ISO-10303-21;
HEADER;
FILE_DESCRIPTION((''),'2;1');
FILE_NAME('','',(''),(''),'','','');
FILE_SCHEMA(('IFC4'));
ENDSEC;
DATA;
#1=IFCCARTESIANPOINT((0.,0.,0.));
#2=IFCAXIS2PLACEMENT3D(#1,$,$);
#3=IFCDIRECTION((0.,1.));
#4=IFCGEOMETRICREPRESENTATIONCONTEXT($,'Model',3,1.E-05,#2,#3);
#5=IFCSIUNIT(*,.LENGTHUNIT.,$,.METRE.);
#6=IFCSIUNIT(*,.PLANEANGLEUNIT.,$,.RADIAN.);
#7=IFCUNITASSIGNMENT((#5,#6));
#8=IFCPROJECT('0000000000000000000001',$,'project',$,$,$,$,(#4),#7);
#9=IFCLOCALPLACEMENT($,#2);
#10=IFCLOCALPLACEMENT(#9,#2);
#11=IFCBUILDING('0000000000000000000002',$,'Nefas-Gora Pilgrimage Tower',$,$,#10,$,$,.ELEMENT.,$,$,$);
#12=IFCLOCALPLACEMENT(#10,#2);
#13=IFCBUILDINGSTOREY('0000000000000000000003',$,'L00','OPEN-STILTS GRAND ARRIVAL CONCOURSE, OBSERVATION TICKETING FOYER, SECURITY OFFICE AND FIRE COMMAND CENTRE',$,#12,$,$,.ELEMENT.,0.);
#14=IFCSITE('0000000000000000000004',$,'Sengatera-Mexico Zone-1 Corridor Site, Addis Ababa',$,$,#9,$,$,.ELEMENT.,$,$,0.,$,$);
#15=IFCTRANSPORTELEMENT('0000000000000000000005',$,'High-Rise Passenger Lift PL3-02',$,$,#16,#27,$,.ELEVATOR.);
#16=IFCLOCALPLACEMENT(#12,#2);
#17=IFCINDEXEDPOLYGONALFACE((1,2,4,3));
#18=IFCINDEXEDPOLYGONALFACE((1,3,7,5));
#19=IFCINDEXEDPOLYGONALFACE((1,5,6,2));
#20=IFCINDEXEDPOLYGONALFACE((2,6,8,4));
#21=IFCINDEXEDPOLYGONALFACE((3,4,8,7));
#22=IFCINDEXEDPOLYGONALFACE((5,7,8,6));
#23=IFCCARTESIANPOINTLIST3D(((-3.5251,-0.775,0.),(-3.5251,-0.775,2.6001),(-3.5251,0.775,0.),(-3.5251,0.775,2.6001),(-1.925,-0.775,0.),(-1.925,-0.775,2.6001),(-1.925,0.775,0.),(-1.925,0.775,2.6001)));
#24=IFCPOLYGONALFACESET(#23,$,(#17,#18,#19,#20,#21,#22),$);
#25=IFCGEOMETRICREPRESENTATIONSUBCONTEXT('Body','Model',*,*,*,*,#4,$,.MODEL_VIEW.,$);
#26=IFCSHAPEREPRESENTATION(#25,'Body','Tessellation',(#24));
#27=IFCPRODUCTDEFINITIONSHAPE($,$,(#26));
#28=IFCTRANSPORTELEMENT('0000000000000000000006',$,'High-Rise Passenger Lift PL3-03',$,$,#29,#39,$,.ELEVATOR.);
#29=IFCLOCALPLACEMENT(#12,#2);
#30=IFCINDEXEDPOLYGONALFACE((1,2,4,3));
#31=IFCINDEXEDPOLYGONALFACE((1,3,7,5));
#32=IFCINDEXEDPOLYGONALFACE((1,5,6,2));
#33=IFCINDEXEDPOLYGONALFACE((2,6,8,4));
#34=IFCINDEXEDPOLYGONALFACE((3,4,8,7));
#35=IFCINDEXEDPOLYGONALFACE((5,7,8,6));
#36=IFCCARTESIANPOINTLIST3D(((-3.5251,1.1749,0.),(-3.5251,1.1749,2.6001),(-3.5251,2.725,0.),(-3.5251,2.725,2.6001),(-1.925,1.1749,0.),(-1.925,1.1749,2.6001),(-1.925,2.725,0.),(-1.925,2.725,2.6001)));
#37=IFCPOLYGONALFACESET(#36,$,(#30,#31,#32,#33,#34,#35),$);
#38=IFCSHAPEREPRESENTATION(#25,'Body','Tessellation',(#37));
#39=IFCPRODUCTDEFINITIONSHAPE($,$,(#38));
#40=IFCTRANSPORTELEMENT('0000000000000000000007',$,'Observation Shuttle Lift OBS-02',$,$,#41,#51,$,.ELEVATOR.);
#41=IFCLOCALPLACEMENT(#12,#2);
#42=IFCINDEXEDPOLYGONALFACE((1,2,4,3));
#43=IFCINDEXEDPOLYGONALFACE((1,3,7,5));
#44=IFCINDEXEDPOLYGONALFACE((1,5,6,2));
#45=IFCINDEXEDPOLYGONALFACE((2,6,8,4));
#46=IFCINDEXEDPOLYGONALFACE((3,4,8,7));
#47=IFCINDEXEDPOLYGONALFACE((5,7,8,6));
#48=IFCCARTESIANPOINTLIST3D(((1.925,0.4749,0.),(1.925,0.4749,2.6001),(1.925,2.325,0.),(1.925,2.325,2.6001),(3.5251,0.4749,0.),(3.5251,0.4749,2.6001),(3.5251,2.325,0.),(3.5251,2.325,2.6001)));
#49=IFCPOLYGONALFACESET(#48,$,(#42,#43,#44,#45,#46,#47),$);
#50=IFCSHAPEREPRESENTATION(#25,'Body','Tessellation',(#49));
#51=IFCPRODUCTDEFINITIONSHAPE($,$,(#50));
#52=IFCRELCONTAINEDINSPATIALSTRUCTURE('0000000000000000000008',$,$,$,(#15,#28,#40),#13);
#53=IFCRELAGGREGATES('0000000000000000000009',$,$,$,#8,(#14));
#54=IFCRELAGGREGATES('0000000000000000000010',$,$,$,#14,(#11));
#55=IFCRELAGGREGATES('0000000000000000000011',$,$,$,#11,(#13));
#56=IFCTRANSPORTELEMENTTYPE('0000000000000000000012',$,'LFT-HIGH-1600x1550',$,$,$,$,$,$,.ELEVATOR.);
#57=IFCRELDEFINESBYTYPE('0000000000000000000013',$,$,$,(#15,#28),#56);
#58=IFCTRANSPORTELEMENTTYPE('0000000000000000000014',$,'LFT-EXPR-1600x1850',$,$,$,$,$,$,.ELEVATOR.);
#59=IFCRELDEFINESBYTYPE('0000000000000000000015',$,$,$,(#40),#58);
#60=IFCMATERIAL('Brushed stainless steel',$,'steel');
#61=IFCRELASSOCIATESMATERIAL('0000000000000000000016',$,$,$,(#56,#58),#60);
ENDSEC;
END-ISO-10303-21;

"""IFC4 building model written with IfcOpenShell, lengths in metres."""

from ifc_helpers import new_model, si_unit, direction, frame, origin, origin_2d, place, context, subcontext, project, spatial, rectangle, extrude, source, transform, mapped, material, type_object, element, save


model = new_model("IFC4")

# Units and contexts
model_context = context("Model", 3, precision=1e-05, world=origin(), true_north=direction((0.0, 1.0)))
body_context = subcontext(model_context, "Body", "Model", "MODEL_VIEW")
ifc_project = project(units=[si_unit("LENGTHUNIT", "METRE"), si_unit("PLANEANGLEUNIT", "RADIAN")], contexts=[model_context])

# Site, building, storey
site_placement = place(None, origin())
site = spatial("IfcSite", under=ifc_project, at=site_placement, Name="Sengatera-Mexico Zone-1 Corridor Site, Addis Ababa", CompositionType="ELEMENT", RefElevation=0.0)
building_placement = place(site_placement, origin())
building = spatial("IfcBuilding", under=site, at=building_placement, Name="Nefas-Gora Pilgrimage Tower", CompositionType="ELEMENT")
storey_placement = place(building_placement, origin())
storey = spatial("IfcBuildingStorey", under=building, at=storey_placement, Name="L00", Description="OPEN-STILTS GRAND ARRIVAL CONCOURSE, OBSERVATION TICKETING FOYER, SECURITY OFFICE AND FIRE COMMAND CENTRE", CompositionType="ELEMENT", Elevation=0.0)

# Transport elements
ifc_material_1 = material(Name="Brushed stainless steel", Category="steel")
transport_element_type_1 = type_object("IfcTransportElementType", Name="LFT-HIGH-1600x1550", PredefinedType="ELEVATOR", material=ifc_material_1)
shared_shape_1 = source(origin(), body_context, "Body", "SweptSolid", [
    extrude(rectangle(XDim=1.6001, YDim=1.55, at=origin_2d()), origin(), (0.0, 0.0, 1.0), 2.6001),
])
for number, where, z_axis, x_axis, name in (
    (1, (-2.7251, 0.0, 0.0), (0.0, 0.0, 1.0), (1.0, 0.0, 0.0), "High-Rise Passenger Lift PL3-02"),
    (2, (-2.7251, 1.95, 0.0), (0.0, 0.0, 1.0), (1.0, 0.0, 0.0), "High-Rise Passenger Lift PL3-03"),
):
    element("IfcTransportElement", number, at=place(storey_placement, frame(where, z_axis=z_axis, x_axis=x_axis)), inside=storey, type_object=transport_element_type_1, Name=name, PredefinedType="ELEVATOR", context=body_context, shape_type="MappedRepresentation", body=[
        mapped(shared_shape_1, transform((0.0, 0.0, 0.0), x_axis=(1.0, 0.0, 0.0), y_axis=(0.0, 1.0, 0.0), z_axis=(0.0, 0.0, 1.0), scale=1.0)),
    ])
transport_element_type_2 = type_object("IfcTransportElementType", Name="LFT-EXPR-1600x1850", PredefinedType="ELEVATOR", material=ifc_material_1)
shared_shape_2 = source(origin(), body_context, "Body", "SweptSolid", [
    extrude(rectangle(XDim=1.6001, YDim=1.8501, at=origin_2d()), origin(), (0.0, 0.0, 1.0), 2.6001),
])
transport_element_placement = place(storey_placement, frame((2.7251, 1.3999, 0.0), z_axis=(0.0, 0.0, 1.0), x_axis=(1.0, 0.0, 0.0)))
element("IfcTransportElement", 3, at=transport_element_placement, inside=storey, type_object=transport_element_type_2, Name="Observation Shuttle Lift OBS-02", PredefinedType="ELEVATOR", context=body_context, shape_type="MappedRepresentation", body=[
    mapped(shared_shape_2, transform((0.0, 0.0, 0.0), x_axis=(1.0, 0.0, 0.0), y_axis=(0.0, 1.0, 0.0), z_axis=(0.0, 0.0, 1.0), scale=1.0)),
])

save(model, "model.ifc")
